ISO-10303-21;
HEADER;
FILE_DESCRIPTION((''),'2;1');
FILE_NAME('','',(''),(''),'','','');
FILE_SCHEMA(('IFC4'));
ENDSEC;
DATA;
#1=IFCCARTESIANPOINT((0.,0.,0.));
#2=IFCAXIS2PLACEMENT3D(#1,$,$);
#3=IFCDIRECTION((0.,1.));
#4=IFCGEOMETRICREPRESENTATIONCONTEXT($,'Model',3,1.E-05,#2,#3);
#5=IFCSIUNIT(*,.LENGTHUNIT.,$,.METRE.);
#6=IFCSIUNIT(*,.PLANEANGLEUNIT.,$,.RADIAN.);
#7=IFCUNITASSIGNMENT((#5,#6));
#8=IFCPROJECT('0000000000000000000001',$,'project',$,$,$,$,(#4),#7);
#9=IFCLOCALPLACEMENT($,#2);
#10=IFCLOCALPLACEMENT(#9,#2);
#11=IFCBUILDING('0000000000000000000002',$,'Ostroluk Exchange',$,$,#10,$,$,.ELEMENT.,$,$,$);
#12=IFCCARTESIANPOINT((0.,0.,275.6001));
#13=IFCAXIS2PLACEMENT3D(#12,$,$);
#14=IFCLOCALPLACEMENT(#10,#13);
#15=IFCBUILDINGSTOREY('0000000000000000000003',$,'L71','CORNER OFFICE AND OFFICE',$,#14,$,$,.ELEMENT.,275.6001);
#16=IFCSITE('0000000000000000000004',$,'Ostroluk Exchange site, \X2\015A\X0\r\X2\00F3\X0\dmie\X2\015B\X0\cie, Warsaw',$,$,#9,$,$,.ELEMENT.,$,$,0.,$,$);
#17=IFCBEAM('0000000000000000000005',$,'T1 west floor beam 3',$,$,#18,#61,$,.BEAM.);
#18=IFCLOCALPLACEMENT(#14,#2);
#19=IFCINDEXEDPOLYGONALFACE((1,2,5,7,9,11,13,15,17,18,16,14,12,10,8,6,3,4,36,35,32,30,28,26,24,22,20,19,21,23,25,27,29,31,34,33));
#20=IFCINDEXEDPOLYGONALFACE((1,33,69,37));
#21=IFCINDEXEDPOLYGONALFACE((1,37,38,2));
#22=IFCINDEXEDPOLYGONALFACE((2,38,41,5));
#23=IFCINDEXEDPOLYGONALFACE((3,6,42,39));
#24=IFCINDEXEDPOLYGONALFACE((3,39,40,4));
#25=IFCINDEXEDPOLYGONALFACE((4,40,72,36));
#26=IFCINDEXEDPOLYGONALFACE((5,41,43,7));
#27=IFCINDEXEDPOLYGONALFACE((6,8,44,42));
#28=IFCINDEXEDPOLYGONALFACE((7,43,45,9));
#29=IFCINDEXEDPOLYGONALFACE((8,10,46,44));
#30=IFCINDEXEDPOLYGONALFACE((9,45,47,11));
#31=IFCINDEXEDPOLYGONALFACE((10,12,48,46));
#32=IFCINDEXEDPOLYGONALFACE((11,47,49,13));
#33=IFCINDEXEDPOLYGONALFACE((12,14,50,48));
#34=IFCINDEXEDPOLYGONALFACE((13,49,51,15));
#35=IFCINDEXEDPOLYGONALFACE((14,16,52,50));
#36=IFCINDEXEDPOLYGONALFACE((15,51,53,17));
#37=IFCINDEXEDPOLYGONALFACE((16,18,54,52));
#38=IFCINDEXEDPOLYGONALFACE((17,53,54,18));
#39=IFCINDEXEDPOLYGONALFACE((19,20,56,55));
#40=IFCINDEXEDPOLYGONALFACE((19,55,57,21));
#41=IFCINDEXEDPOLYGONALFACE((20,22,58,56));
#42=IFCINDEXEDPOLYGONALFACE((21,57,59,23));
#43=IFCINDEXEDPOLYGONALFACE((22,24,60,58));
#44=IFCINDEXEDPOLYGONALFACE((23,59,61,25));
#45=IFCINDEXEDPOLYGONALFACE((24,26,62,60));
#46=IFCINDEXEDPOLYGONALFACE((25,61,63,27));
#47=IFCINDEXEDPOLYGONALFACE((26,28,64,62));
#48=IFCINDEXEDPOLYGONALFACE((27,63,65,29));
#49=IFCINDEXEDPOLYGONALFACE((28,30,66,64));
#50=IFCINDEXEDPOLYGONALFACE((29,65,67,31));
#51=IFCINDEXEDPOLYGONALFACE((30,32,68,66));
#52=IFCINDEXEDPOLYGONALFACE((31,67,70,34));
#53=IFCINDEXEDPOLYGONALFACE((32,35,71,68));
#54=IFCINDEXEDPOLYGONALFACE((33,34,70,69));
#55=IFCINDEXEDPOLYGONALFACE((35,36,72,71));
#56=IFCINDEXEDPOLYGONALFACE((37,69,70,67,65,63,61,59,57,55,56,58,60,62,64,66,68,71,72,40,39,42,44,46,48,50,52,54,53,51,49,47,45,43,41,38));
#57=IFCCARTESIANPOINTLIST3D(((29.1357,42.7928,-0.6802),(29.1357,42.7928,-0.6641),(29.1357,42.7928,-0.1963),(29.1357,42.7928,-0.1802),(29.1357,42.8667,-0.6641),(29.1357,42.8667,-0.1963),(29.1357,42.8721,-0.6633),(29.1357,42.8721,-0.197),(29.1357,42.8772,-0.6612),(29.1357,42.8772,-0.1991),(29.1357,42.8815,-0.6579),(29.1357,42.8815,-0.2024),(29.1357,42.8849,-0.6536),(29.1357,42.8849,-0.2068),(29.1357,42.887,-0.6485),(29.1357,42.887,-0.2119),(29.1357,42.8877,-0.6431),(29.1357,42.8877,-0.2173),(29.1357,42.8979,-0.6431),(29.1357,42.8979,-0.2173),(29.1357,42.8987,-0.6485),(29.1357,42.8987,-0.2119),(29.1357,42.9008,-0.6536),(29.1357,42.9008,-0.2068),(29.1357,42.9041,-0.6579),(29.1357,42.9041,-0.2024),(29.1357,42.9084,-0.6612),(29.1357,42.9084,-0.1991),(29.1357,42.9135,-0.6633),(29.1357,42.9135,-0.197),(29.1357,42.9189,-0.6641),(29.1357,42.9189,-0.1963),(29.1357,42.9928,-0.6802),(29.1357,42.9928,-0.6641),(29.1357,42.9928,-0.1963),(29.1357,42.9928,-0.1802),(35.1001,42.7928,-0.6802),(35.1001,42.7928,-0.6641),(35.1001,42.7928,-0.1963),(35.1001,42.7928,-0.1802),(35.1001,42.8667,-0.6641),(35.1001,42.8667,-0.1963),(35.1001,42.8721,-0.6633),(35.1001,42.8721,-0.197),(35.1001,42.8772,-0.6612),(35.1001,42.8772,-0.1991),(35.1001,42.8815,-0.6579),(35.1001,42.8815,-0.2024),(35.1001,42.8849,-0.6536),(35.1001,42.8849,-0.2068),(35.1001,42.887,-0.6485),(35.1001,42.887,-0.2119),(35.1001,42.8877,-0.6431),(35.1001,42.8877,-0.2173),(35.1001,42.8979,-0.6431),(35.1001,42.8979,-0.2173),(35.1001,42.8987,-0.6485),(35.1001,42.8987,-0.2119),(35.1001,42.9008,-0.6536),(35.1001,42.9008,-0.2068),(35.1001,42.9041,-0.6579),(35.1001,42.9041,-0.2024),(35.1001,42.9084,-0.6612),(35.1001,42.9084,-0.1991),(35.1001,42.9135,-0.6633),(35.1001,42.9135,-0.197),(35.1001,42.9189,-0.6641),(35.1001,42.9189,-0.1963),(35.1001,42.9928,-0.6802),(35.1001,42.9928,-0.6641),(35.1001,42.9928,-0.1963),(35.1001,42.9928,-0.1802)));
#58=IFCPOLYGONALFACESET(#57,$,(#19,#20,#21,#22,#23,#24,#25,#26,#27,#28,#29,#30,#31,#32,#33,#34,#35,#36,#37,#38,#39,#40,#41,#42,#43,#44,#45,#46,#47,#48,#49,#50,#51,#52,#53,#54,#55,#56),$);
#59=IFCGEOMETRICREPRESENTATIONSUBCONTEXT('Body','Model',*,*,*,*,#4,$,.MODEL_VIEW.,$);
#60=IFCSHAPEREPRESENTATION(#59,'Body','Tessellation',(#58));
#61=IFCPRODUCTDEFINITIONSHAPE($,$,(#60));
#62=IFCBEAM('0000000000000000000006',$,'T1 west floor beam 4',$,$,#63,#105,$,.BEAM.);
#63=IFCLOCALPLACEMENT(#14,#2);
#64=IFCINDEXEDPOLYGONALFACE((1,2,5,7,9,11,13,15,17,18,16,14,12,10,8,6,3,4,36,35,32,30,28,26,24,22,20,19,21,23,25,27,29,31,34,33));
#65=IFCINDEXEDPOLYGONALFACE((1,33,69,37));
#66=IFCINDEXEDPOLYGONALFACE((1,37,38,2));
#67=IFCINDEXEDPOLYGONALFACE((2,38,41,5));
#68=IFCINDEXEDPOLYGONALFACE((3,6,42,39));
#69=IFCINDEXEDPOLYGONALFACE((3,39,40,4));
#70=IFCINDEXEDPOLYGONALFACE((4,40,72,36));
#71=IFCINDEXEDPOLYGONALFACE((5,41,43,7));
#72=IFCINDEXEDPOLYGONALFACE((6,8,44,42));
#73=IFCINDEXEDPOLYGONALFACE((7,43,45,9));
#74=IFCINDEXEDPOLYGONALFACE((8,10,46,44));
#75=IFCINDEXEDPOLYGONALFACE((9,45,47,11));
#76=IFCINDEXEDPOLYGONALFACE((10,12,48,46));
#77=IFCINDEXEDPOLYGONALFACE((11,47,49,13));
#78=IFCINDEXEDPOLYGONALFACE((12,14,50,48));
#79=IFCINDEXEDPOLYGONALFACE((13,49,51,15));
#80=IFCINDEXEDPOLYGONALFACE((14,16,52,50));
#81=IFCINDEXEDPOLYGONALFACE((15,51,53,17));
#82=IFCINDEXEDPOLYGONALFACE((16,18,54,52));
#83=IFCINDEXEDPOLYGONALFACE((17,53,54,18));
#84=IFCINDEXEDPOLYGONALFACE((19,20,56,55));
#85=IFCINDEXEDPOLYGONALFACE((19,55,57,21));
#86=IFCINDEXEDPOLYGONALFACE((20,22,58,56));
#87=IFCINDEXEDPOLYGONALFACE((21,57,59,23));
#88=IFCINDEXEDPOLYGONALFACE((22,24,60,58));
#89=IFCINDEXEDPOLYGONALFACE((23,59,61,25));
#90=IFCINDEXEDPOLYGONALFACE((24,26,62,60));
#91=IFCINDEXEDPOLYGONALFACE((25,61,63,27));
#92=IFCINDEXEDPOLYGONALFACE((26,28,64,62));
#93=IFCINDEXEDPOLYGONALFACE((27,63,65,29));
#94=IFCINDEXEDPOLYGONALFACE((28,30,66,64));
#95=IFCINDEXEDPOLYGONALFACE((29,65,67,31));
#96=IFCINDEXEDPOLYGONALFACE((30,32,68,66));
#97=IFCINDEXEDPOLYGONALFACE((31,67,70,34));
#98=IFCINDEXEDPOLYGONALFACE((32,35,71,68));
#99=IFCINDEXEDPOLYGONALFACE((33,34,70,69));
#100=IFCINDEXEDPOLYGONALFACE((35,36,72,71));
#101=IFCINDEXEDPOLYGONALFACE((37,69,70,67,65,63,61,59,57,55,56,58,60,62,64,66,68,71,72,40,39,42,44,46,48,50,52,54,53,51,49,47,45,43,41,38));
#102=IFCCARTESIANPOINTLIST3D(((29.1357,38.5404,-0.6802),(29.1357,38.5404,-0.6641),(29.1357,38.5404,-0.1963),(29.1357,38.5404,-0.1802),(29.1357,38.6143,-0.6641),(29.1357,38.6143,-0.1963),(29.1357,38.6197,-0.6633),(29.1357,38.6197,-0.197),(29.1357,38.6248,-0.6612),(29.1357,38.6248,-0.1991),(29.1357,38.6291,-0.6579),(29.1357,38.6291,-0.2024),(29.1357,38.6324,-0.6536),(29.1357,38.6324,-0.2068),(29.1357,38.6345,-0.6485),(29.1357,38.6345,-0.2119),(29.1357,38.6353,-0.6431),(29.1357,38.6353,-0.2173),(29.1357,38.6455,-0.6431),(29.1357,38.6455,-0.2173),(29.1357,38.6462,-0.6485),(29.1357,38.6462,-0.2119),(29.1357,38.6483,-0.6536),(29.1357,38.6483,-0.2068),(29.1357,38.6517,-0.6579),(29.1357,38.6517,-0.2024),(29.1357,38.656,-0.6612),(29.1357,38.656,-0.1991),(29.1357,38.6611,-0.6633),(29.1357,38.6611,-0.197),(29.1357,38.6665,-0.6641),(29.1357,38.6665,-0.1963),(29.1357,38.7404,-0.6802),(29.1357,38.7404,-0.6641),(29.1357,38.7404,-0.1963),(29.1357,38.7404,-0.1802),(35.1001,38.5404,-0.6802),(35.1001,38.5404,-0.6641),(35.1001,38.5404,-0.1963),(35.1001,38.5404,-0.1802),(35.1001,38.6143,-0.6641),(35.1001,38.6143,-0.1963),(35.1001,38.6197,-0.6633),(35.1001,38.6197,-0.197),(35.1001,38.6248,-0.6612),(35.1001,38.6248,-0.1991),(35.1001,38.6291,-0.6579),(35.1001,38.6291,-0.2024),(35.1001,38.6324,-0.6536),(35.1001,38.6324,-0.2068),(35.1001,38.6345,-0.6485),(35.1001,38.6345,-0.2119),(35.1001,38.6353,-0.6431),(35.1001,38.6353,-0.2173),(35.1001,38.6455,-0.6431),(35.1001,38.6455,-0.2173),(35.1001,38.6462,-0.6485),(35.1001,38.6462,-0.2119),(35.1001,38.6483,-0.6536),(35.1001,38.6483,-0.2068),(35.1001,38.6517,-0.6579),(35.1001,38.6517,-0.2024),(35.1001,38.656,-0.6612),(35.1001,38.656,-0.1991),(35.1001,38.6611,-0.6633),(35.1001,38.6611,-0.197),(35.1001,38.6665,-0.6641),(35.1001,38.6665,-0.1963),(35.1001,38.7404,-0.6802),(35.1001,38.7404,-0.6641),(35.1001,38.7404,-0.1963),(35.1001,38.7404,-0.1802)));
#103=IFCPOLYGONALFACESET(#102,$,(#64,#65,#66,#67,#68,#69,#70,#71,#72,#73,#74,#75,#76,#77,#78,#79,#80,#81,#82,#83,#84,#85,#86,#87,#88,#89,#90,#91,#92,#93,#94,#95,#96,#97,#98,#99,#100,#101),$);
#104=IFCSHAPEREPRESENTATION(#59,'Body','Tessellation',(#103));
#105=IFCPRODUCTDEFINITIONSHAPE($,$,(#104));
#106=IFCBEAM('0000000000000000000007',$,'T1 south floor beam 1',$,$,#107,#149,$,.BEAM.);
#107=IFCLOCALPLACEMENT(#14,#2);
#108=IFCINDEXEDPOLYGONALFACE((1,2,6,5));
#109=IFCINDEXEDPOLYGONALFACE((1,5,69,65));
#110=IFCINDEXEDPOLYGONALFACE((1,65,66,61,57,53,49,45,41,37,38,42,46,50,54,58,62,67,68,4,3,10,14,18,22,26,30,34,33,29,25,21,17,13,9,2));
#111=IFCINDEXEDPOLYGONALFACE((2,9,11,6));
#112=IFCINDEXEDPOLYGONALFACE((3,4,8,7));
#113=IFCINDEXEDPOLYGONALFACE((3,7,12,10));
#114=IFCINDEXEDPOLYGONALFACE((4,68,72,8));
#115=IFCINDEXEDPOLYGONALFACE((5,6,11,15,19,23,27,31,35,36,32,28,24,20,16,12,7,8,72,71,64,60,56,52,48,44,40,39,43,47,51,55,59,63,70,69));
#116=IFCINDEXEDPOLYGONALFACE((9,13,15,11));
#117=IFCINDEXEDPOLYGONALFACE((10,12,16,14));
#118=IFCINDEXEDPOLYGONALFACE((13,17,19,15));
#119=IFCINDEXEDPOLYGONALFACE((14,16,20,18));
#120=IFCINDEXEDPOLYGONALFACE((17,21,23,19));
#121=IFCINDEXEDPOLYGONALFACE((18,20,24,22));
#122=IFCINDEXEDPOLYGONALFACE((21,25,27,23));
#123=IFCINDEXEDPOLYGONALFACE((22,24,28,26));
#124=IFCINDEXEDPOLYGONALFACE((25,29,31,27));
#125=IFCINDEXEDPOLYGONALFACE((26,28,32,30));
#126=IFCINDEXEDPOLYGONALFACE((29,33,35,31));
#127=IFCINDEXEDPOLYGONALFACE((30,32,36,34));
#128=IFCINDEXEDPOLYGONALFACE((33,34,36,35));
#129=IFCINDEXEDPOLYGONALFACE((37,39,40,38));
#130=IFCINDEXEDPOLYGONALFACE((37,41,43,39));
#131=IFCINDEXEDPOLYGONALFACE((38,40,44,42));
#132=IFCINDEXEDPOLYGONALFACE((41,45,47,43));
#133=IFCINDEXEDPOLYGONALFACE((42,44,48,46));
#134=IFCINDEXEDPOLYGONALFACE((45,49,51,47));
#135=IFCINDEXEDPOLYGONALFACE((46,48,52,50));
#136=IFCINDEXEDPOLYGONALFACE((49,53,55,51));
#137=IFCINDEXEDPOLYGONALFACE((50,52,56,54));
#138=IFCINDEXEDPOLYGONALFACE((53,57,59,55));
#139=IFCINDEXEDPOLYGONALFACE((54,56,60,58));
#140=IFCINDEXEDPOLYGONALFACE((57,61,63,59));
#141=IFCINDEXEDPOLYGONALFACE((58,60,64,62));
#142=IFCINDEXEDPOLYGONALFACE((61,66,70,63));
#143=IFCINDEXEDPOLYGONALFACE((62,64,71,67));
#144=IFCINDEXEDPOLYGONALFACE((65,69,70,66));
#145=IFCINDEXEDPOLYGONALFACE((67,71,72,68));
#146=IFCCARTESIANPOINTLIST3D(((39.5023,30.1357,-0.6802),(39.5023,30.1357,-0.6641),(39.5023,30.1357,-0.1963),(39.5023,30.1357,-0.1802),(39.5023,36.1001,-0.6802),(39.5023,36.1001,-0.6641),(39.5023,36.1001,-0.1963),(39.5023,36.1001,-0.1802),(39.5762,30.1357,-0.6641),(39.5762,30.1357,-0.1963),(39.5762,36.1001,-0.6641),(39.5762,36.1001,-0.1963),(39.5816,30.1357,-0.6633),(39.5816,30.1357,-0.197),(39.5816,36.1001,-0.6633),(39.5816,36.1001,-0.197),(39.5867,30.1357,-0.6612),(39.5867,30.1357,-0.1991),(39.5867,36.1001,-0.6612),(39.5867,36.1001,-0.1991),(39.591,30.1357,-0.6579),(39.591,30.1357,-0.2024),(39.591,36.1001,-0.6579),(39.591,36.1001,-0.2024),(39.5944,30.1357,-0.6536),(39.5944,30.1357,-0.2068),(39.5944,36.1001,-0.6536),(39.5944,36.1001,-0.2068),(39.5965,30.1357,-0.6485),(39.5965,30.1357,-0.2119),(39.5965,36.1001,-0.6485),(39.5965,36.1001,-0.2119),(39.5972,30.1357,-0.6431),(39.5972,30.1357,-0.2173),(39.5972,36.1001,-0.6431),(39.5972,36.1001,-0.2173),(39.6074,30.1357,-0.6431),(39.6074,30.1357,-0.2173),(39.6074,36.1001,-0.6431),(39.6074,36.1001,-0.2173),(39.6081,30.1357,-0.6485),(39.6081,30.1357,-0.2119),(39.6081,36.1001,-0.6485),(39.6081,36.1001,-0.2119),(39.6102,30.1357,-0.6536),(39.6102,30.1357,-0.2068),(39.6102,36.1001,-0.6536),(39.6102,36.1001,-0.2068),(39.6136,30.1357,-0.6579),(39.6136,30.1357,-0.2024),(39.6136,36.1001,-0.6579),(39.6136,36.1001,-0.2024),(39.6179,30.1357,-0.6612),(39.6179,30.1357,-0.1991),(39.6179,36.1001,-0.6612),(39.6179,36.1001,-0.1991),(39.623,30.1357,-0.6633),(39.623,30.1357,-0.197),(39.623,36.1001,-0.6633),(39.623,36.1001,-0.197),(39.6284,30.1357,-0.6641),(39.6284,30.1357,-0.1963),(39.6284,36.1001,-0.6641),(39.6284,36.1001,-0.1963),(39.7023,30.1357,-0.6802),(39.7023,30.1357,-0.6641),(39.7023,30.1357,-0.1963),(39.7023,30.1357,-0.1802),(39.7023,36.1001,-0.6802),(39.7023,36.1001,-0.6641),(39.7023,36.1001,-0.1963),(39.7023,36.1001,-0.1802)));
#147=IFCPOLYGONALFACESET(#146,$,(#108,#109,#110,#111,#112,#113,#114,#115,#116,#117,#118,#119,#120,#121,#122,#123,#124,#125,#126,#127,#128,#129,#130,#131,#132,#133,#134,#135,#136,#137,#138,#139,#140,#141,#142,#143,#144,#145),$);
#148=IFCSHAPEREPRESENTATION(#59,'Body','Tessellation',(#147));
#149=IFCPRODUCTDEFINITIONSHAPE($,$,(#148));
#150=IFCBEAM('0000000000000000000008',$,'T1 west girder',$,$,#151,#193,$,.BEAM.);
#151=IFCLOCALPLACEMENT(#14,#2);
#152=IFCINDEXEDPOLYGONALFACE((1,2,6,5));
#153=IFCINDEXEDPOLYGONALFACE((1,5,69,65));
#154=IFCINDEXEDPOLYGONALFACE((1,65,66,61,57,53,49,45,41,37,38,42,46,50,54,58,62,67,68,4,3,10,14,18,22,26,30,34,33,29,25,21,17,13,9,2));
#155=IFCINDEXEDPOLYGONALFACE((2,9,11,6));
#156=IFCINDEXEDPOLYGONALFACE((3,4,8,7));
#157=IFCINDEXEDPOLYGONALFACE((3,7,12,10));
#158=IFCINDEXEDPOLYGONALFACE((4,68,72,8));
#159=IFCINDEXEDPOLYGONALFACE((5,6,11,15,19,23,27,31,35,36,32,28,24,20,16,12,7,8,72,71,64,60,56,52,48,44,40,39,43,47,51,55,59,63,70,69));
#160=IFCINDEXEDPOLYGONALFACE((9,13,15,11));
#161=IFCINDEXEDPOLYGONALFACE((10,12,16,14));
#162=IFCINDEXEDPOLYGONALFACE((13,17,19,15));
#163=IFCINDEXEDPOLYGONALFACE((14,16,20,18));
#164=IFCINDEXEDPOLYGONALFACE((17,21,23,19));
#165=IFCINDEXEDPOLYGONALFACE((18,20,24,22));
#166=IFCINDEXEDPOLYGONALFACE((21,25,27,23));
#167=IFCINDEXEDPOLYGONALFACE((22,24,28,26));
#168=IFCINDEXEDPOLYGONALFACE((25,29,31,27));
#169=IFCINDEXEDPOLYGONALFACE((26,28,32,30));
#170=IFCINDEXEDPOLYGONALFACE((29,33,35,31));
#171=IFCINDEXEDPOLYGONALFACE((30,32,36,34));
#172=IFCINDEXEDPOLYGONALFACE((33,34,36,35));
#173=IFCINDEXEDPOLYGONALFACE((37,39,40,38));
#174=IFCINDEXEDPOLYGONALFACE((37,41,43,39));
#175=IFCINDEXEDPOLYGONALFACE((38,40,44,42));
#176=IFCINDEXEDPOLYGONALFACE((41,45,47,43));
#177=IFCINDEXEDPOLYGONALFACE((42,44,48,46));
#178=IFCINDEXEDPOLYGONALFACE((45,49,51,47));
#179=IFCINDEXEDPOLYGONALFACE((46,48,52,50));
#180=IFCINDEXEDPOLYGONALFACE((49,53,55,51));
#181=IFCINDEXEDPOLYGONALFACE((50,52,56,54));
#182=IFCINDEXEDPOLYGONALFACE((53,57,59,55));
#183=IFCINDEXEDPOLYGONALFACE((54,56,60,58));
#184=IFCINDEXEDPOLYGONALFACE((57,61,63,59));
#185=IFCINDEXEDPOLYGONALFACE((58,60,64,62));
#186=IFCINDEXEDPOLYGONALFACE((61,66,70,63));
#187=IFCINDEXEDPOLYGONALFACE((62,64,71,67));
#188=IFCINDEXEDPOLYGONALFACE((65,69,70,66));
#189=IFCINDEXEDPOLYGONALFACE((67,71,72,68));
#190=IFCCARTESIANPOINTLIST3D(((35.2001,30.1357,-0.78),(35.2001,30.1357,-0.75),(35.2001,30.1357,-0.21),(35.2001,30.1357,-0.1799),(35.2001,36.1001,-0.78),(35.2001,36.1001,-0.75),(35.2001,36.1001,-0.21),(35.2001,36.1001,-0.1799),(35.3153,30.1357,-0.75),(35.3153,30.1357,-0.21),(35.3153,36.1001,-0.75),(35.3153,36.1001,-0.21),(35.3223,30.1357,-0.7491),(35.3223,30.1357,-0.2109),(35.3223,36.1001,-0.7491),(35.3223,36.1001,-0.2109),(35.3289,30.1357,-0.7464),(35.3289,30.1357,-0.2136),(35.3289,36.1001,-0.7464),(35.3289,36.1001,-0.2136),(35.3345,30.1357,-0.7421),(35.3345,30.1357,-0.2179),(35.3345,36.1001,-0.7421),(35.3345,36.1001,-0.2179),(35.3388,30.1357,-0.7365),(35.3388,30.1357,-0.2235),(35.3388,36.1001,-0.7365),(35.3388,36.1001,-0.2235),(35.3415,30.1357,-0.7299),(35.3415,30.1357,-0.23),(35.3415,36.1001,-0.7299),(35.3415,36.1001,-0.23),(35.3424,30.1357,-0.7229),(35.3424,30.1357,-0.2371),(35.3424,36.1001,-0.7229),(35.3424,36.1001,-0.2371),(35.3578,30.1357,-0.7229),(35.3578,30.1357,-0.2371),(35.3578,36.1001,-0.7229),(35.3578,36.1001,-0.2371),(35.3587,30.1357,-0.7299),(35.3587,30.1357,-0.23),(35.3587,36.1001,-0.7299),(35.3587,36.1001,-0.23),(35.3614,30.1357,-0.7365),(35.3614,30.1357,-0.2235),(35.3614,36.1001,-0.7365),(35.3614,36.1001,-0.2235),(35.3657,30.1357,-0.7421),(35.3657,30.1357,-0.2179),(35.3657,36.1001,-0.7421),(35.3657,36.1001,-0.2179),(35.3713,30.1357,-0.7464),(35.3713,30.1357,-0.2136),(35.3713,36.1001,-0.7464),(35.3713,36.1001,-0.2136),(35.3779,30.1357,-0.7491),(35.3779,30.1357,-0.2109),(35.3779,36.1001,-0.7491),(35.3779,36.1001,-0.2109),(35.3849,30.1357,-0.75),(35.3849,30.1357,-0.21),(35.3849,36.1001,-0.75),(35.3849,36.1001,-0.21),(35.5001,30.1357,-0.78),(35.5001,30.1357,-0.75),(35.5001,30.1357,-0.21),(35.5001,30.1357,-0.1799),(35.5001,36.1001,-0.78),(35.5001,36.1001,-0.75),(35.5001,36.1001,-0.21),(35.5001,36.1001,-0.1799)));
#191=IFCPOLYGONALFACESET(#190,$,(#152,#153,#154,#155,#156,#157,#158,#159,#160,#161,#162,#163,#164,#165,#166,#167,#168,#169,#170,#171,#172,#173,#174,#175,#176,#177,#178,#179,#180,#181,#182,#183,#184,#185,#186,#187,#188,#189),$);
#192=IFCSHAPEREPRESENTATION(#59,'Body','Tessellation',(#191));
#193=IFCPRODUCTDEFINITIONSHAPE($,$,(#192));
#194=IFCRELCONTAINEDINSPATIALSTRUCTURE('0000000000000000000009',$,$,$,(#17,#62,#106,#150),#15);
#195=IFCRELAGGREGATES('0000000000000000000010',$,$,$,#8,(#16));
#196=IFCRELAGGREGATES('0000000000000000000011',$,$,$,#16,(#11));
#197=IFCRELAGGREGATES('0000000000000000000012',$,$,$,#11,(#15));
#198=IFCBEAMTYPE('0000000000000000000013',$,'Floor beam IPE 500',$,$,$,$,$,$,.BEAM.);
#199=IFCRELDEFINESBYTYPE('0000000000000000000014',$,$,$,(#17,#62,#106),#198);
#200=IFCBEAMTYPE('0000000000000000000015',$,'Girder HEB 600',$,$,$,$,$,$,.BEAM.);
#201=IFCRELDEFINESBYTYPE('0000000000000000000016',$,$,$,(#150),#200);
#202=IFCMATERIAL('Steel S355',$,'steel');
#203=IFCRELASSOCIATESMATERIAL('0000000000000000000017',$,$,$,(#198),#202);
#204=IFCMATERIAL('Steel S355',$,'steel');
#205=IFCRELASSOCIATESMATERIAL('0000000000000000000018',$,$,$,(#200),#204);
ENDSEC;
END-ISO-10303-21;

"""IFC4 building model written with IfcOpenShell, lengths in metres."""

from ifc_helpers import new_model, si_unit, direction, frame, origin, origin_2d, place, context, subcontext, project, spatial, i_section, extrude, material, material_profile, profile_set, type_object, element, save


model = new_model("IFC4")

# Units and contexts
model_context = context("Model", 3, precision=1e-05, world=origin(), true_north=direction((0.0, 1.0)))
body_context = subcontext(model_context, "Body", "Model", "MODEL_VIEW")
ifc_project = project(units=[si_unit("LENGTHUNIT", "METRE"), si_unit("PLANEANGLEUNIT", "RADIAN")], contexts=[model_context])

# Site, building, storey
site_placement = place(None, origin())
site = spatial("IfcSite", under=ifc_project, at=site_placement, Name="Ostroluk Exchange site, Śródmieście, Warsaw", CompositionType="ELEMENT", RefElevation=0.0)
building_placement = place(site_placement, origin())
building = spatial("IfcBuilding", under=site, at=building_placement, Name="Ostroluk Exchange", CompositionType="ELEMENT")
storey_placement = place(building_placement, frame((0.0, 0.0, 275.6001)))
storey = spatial("IfcBuildingStorey", under=building, at=storey_placement, Name="L71", Description="CORNER OFFICE AND OFFICE", CompositionType="ELEMENT", Elevation=275.6001)

# Beams
ifc_material_1 = material(Name="Steel S355", Category="steel")
ifc_material_profile_1 = material_profile(ifc_material_1, i_section(OverallWidth=0.2, OverallDepth=0.5, WebThickness=0.0103, FlangeThickness=0.0161, FilletRadius=0.021, at=origin_2d()), Name="IPE 500")
ifc_profile_set_1 = profile_set([ifc_material_profile_1], Name="Steel S355")
beam_type_1 = type_object("IfcBeamType", Name="Floor beam IPE 500", PredefinedType="BEAM", material=ifc_profile_set_1)
for number, where, z_axis, x_axis, name in (
    (1, (35.1001, 42.8928, -0.4302), (-1.0, 0.0, 0.0), (0.0, -1.0, 0.0), "T1 west floor beam 3"),
    (2, (35.1001, 38.6404, -0.4302), (-1.0, 0.0, 0.0), (0.0, -1.0, 0.0), "T1 west floor beam 4"),
    (3, (39.6023, 36.1001, -0.4302), (0.0, -1.0, 0.0), (1.0, 0.0, 0.0), "T1 south floor beam 1"),
):
    element("IfcBeam", number, at=place(storey_placement, frame(where, z_axis=z_axis, x_axis=x_axis)), inside=storey, type_object=beam_type_1, Name=name, PredefinedType="BEAM", context=body_context, shape_type="SweptSolid", body=[
        extrude(i_section(OverallWidth=0.2, OverallDepth=0.5, WebThickness=0.0103, FlangeThickness=0.0161, FilletRadius=0.021, at=origin_2d()), origin(), (0.0, 0.0, 1.0), 5.9644),
    ])
ifc_material_2 = material(Name="Steel S355", Category="steel")
ifc_material_profile_2 = material_profile(ifc_material_2, i_section(OverallWidth=0.3, OverallDepth=0.6001, WebThickness=0.0154, FlangeThickness=0.03, FilletRadius=0.0271, at=origin_2d()), Name="HEB 600")
ifc_profile_set_2 = profile_set([ifc_material_profile_2], Name="Steel S355")
beam_type_2 = type_object("IfcBeamType", Name="Girder HEB 600", PredefinedType="BEAM", material=ifc_profile_set_2)
beam_placement = place(storey_placement, frame((35.3501, 36.1001, -0.48), z_axis=(0.0, -1.0, 0.0), x_axis=(1.0, 0.0, 0.0)))
element("IfcBeam", 4, at=beam_placement, inside=storey, type_object=beam_type_2, Name="T1 west girder", PredefinedType="BEAM", context=body_context, shape_type="SweptSolid", body=[
    extrude(i_section(OverallWidth=0.3, OverallDepth=0.6001, WebThickness=0.0154, FlangeThickness=0.03, FilletRadius=0.0271, at=origin_2d()), origin(), (0.0, 0.0, 1.0), 5.9644),
])

save(model, "model.ifc")
